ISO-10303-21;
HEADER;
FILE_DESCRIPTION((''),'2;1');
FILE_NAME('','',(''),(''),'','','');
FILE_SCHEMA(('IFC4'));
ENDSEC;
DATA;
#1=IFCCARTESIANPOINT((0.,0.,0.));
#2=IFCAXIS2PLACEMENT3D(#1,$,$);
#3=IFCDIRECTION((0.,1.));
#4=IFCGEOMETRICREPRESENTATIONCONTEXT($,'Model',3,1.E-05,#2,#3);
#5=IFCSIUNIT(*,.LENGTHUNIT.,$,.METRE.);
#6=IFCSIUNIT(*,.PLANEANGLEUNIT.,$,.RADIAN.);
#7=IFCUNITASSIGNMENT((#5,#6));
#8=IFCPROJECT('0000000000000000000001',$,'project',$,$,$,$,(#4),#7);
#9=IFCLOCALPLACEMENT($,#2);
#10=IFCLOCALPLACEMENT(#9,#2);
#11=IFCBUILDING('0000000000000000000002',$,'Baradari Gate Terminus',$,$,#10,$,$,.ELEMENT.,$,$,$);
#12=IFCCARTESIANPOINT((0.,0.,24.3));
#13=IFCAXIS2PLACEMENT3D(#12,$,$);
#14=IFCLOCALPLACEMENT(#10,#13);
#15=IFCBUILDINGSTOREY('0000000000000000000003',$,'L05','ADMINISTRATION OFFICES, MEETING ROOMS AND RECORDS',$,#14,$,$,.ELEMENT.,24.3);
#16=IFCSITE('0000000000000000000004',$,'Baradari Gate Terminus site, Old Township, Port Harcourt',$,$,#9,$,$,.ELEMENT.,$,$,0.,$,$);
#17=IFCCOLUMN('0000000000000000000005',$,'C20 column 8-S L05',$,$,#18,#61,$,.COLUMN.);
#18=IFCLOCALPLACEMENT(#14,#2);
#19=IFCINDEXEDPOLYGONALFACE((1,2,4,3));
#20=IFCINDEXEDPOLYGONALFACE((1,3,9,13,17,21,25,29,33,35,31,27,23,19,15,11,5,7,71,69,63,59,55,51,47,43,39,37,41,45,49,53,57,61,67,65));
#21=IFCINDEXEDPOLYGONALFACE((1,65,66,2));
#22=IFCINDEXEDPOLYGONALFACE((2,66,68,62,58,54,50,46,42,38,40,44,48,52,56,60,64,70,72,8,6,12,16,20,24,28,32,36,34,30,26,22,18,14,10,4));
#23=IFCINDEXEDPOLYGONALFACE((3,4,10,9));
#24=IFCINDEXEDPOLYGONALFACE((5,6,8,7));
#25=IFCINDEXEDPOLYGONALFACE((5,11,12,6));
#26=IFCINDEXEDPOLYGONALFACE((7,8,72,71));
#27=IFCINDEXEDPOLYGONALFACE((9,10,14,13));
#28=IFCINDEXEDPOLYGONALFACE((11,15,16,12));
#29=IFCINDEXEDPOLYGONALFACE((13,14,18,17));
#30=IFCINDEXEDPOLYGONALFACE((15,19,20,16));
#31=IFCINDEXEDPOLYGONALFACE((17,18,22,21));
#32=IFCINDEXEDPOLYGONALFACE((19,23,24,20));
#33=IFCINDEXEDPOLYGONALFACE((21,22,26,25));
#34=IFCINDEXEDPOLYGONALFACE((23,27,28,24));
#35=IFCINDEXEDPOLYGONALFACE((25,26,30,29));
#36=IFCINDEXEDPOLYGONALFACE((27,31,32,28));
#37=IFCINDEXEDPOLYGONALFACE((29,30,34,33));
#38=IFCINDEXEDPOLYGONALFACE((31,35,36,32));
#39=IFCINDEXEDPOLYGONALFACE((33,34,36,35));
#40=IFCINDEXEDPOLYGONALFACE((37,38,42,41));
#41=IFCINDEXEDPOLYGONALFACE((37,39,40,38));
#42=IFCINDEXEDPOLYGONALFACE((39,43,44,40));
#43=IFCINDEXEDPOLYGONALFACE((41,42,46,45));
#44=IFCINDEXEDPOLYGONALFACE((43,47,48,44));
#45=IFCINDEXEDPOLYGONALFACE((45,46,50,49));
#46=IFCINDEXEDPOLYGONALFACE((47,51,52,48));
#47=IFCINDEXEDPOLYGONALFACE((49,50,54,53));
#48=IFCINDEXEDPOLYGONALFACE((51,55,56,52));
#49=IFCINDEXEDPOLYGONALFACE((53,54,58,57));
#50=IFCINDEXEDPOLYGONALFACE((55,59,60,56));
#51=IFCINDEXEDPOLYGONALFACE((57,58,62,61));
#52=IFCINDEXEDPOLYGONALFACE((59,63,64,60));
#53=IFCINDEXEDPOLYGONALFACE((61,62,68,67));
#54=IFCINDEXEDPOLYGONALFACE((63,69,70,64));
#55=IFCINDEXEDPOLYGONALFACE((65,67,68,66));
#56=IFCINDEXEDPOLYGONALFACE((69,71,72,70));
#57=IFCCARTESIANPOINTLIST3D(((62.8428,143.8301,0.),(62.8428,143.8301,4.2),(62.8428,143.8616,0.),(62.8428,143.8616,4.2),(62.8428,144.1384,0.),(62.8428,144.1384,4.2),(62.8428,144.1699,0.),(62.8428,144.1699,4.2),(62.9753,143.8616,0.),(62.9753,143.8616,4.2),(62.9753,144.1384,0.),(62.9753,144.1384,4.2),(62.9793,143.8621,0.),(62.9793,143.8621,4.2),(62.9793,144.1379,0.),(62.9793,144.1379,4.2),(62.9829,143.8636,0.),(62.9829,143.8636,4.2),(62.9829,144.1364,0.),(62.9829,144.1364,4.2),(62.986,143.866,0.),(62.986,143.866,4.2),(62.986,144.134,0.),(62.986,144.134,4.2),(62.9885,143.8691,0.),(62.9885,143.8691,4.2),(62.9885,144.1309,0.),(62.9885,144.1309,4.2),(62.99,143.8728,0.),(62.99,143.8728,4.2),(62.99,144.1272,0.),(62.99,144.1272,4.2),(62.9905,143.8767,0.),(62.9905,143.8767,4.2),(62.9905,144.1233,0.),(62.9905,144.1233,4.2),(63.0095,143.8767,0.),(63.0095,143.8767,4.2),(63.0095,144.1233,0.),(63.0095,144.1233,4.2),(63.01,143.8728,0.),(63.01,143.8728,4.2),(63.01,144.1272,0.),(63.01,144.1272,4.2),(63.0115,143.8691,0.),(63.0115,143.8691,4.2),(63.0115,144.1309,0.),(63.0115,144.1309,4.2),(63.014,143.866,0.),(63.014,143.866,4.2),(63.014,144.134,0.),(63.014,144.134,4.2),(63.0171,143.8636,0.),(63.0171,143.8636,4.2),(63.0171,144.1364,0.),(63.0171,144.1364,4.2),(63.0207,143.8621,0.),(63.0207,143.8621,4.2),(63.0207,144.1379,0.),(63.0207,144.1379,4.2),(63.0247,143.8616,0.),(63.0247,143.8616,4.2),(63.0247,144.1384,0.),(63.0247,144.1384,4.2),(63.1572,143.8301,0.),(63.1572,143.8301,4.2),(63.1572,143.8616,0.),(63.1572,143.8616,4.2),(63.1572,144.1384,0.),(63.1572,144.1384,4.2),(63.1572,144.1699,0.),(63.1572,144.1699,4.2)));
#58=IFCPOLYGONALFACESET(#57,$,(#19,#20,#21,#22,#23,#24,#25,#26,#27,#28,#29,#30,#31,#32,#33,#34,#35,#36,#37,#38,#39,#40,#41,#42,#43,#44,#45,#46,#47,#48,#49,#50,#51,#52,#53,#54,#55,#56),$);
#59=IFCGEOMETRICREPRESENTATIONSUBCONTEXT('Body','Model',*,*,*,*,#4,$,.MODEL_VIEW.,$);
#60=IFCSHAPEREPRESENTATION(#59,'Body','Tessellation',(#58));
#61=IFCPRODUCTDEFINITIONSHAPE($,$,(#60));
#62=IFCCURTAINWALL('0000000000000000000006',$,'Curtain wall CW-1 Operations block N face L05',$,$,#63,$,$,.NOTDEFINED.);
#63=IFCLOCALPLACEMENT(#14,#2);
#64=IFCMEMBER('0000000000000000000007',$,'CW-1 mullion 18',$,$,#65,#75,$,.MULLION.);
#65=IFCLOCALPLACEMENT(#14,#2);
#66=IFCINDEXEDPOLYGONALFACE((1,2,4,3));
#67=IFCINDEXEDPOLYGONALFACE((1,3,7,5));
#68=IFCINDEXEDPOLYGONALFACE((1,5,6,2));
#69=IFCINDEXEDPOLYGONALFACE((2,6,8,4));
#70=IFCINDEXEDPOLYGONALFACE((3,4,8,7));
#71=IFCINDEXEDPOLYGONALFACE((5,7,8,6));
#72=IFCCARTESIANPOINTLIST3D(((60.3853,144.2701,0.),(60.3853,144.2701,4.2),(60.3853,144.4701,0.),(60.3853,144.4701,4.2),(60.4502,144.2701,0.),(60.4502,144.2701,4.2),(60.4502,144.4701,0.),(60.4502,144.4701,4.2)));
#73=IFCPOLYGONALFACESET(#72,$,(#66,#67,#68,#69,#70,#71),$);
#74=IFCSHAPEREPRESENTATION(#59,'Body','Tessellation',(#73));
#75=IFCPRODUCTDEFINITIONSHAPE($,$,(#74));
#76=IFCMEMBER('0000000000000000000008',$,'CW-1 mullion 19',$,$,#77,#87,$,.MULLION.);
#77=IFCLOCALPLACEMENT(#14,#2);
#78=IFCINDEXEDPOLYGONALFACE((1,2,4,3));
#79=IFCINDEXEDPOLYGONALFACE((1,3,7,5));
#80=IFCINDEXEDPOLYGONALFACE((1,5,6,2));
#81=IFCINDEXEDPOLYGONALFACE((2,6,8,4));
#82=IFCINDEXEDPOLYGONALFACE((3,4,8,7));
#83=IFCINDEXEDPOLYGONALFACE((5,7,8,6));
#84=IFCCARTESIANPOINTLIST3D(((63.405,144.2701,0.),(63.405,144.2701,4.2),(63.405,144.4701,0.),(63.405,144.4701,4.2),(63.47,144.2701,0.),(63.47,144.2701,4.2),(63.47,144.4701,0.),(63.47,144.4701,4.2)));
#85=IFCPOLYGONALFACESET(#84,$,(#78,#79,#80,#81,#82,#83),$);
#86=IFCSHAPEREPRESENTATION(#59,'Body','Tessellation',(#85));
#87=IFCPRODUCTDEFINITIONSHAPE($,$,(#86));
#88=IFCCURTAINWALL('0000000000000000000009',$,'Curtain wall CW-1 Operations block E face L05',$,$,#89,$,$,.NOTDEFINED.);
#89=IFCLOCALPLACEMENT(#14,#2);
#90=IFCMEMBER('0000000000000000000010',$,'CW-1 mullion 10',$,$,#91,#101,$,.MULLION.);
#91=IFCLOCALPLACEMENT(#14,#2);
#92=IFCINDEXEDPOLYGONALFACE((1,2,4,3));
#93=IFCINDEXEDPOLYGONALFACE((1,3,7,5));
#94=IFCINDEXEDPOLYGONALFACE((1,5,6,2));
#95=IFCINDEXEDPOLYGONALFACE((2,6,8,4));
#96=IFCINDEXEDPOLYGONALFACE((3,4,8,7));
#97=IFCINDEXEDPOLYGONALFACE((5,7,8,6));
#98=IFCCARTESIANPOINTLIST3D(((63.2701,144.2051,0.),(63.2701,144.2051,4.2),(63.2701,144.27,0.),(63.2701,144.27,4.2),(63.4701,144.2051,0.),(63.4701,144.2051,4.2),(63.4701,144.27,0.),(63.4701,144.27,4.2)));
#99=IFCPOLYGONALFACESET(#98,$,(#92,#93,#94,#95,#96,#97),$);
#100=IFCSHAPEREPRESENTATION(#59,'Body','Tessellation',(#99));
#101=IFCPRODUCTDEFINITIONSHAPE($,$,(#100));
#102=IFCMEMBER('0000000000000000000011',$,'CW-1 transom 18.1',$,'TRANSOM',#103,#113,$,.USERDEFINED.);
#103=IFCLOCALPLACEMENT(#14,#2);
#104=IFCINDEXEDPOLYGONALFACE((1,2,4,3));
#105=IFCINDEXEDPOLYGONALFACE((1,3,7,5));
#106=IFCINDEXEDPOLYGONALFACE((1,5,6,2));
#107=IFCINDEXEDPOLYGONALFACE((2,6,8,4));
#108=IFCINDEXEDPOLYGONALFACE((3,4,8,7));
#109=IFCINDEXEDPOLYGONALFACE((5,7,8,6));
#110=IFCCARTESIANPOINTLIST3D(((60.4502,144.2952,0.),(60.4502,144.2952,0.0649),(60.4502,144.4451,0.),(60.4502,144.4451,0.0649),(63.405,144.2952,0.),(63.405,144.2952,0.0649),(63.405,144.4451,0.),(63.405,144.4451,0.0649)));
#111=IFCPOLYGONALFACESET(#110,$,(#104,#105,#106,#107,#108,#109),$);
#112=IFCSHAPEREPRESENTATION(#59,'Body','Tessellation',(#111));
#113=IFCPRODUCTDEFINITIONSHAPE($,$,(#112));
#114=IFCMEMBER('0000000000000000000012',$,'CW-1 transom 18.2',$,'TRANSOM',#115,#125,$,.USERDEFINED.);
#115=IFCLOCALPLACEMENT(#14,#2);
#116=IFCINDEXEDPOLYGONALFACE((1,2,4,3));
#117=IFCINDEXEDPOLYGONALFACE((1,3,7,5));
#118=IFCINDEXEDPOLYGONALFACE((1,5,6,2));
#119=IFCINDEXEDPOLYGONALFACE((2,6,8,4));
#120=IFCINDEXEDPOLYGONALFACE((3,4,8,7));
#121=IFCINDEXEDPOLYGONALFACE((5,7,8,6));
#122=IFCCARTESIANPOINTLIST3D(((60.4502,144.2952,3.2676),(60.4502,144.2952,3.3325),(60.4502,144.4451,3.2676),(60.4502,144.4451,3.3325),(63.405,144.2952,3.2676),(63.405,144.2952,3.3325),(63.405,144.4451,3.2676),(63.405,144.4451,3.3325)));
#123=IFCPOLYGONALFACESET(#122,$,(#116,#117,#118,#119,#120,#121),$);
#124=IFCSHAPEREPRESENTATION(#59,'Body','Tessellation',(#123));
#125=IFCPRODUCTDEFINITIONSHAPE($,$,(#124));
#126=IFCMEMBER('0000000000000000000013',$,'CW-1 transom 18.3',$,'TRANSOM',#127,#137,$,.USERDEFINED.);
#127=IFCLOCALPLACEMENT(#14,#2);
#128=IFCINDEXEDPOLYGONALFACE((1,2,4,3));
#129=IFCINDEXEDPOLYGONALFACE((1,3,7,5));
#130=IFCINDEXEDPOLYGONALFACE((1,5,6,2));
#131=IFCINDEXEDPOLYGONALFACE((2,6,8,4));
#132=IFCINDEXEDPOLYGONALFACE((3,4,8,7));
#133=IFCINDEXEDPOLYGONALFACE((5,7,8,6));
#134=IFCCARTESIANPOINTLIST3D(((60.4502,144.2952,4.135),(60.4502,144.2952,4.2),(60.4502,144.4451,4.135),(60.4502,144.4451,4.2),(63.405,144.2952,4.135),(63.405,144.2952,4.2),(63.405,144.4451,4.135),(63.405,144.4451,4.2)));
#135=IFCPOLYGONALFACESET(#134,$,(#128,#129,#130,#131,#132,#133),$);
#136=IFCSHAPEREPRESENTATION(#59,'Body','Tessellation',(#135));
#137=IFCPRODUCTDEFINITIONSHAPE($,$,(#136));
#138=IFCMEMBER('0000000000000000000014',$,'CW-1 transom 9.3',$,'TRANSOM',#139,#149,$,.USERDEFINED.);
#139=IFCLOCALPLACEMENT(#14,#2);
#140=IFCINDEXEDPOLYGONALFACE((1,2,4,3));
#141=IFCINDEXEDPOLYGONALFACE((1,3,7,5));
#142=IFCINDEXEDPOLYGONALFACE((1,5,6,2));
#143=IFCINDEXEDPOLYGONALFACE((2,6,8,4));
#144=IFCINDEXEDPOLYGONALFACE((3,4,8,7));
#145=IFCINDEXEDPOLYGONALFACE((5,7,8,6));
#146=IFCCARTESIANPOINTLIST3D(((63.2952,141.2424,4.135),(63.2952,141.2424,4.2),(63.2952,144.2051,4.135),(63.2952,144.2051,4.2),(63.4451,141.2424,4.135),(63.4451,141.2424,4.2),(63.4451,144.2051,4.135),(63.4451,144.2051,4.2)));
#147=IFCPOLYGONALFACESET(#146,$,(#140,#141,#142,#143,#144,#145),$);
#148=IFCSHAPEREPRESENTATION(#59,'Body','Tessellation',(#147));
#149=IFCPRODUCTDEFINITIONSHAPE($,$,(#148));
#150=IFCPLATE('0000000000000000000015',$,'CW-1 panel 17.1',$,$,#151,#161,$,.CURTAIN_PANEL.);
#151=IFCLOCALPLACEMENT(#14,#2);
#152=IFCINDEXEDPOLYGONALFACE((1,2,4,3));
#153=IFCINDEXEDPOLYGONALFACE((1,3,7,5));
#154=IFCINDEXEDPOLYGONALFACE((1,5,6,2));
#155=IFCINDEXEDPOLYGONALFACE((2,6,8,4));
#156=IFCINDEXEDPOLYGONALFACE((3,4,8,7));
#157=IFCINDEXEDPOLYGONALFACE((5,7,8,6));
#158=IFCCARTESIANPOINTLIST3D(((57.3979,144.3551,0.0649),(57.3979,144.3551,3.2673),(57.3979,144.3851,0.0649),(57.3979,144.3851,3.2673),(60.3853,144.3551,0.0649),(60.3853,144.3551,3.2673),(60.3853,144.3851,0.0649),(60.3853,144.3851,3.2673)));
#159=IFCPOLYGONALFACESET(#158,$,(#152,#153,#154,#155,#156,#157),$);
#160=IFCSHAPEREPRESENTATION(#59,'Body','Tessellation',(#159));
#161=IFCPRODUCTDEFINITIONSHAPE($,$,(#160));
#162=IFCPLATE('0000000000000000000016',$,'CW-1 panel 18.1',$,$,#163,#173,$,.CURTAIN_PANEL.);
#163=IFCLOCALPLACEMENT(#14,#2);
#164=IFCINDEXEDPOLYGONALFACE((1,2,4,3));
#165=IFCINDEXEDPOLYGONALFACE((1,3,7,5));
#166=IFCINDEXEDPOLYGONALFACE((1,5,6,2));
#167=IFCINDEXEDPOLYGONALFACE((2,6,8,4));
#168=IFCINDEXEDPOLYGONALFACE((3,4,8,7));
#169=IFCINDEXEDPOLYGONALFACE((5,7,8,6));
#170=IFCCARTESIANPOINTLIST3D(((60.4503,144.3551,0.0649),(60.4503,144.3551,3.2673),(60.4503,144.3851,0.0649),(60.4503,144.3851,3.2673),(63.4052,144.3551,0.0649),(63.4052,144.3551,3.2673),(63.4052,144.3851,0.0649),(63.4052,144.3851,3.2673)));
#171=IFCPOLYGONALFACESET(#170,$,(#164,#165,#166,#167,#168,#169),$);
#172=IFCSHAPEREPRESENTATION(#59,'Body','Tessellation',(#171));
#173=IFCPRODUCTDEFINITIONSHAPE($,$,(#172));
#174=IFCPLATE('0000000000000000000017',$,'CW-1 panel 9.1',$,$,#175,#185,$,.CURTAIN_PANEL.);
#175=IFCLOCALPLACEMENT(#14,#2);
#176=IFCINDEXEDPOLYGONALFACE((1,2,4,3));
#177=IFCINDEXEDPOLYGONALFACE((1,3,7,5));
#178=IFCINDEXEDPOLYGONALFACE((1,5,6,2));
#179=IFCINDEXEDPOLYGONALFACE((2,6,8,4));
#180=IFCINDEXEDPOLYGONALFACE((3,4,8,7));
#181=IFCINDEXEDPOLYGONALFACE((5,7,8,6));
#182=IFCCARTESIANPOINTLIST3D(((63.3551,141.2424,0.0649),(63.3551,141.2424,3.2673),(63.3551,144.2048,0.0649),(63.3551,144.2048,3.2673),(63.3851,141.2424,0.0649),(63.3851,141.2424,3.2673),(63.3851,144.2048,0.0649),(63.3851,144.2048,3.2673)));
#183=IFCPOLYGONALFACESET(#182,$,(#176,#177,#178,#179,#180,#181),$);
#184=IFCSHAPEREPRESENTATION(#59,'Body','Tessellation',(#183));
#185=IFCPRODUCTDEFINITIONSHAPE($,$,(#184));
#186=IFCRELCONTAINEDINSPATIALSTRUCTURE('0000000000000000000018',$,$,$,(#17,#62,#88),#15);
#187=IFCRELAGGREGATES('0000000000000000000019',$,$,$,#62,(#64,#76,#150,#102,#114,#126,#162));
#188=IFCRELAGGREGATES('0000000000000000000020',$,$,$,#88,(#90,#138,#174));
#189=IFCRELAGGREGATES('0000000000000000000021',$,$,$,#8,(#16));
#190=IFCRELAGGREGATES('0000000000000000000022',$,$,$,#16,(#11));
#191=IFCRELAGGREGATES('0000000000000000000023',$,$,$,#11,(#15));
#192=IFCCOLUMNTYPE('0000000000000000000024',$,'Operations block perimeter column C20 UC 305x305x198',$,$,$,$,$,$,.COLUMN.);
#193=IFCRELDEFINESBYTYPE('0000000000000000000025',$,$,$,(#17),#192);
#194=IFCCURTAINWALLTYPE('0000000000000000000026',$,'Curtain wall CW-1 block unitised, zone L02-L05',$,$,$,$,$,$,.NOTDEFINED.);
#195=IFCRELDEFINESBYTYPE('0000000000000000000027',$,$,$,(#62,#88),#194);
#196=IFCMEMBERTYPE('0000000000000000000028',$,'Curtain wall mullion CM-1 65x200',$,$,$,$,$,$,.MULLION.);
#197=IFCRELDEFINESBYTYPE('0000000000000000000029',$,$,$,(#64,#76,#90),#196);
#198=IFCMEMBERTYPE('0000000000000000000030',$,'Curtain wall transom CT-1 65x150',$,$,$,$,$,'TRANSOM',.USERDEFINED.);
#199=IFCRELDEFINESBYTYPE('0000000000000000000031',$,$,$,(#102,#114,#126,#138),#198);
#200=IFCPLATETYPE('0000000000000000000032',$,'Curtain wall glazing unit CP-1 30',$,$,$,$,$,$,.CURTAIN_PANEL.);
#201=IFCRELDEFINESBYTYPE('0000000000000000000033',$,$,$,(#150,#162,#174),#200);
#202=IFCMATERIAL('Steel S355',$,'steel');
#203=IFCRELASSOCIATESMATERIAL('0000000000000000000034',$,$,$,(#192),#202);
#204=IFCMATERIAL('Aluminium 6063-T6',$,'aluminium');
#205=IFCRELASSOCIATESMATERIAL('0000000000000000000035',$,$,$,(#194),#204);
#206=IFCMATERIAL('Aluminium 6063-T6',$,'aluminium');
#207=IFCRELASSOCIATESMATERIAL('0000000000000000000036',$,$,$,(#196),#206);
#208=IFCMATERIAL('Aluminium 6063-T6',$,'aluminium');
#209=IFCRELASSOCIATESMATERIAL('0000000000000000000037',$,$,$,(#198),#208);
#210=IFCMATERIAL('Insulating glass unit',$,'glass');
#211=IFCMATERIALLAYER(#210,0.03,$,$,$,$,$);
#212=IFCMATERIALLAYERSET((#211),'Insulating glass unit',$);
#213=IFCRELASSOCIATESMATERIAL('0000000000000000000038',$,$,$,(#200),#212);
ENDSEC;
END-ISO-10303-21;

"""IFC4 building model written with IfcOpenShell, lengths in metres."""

from ifc_helpers import new_model, si_unit, direction, frame, origin, origin_2d, place, context, subcontext, project, spatial, rectangle, i_section, extrude, material, layer, layer_set, material_profile, profile_set, type_object, element, aggregate, save


model = new_model("IFC4")

# Units and contexts
model_context = context("Model", 3, precision=1e-05, world=origin(), true_north=direction((0.0, 1.0)))
body_context = subcontext(model_context, "Body", "Model", "MODEL_VIEW")
ifc_project = project(units=[si_unit("LENGTHUNIT", "METRE"), si_unit("PLANEANGLEUNIT", "RADIAN")], contexts=[model_context])

# Site, building, storey
site_placement = place(None, origin())
site = spatial("IfcSite", under=ifc_project, at=site_placement, Name="Baradari Gate Terminus site, Old Township, Port Harcourt", CompositionType="ELEMENT", RefElevation=0.0)
building_placement = place(site_placement, origin())
building = spatial("IfcBuilding", under=site, at=building_placement, Name="Baradari Gate Terminus", CompositionType="ELEMENT")
storey_placement = place(building_placement, frame((0.0, 0.0, 24.3)))
storey = spatial("IfcBuildingStorey", under=building, at=storey_placement, Name="L05", Description="ADMINISTRATION OFFICES, MEETING ROOMS AND RECORDS", CompositionType="ELEMENT", Elevation=24.3)

# Column
ifc_material_1 = material(Name="Steel S355", Category="steel")
ifc_material_profile_1 = material_profile(ifc_material_1, i_section(OverallWidth=0.3145, OverallDepth=0.3398, WebThickness=0.019, FlangeThickness=0.0315, FilletRadius=0.0151, at=origin_2d()), Name="UC 305x305x198")
ifc_profile_set_1 = profile_set([ifc_material_profile_1], Name="Steel S355")
column_type = type_object("IfcColumnType", Name="Operations block perimeter column C20 UC 305x305x198", PredefinedType="COLUMN", material=ifc_profile_set_1)
column_placement = place(storey_placement, frame((63.0, 144.0, 0.0), z_axis=(0.0, 0.0, 1.0), x_axis=(1.0, 0.0, 0.0)))
element("IfcColumn", 1, at=column_placement, inside=storey, type_object=column_type, Name="C20 column 8-S L05", PredefinedType="COLUMN", context=body_context, shape_type="SweptSolid", body=[
    extrude(i_section(OverallWidth=0.3145, OverallDepth=0.3398, WebThickness=0.019, FlangeThickness=0.0315, FilletRadius=0.0151, at=origin_2d()), origin(), (0.0, 0.0, 1.0), 4.2),
])

# Curtain wall, members
ifc_material_2 = material(Name="Aluminium 6063-T6", Category="aluminium")
curtain_wall_type = type_object("IfcCurtainWallType", Name="Curtain wall CW-1 block unitised, zone L02-L05", PredefinedType="NOTDEFINED", material=ifc_material_2)
curtain_wall_1_placement = place(storey_placement, origin())
curtain_wall_1 = element("IfcCurtainWall", 2, at=curtain_wall_1_placement, inside=storey, type_object=curtain_wall_type, Name="Curtain wall CW-1 Operations block N face L05", PredefinedType="NOTDEFINED")
ifc_material_3 = material(Name="Aluminium 6063-T6", Category="aluminium")
ifc_material_profile_2 = material_profile(ifc_material_3, rectangle(XDim=0.2, YDim=0.0649, at=origin_2d()), Name="CM-1 65X200")
ifc_profile_set_2 = profile_set([ifc_material_profile_2], Name="Aluminium 6063-T6")
member_type_1 = type_object("IfcMemberType", Name="Curtain wall mullion CM-1 65x200", PredefinedType="MULLION", material=ifc_profile_set_2)
member_1_placement = place(storey_placement, frame((60.4177, 144.3701, 0.0), z_axis=(0.0, 0.0, 1.0), x_axis=(0.0, 1.0, 0.0)))
member_1 = element("IfcMember", 3, at=member_1_placement, type_object=member_type_1, Name="CW-1 mullion 18", PredefinedType="MULLION", context=body_context, shape_type="SweptSolid", body=[
    extrude(rectangle(XDim=0.2, YDim=0.0649, at=origin_2d()), origin(), (0.0, 0.0, 1.0), 4.2),
])
member_2_placement = place(storey_placement, frame((63.4375, 144.3701, 0.0), z_axis=(0.0, 0.0, 1.0), x_axis=(0.0, 1.0, 0.0)))
member_2 = element("IfcMember", 4, at=member_2_placement, type_object=member_type_1, Name="CW-1 mullion 19", PredefinedType="MULLION", context=body_context, shape_type="SweptSolid", body=[
    extrude(rectangle(XDim=0.2, YDim=0.0649, at=origin_2d()), origin(), (0.0, 0.0, 1.0), 4.2),
])

# Curtain wall, member
curtain_wall_2_placement = place(storey_placement, origin())
curtain_wall_2 = element("IfcCurtainWall", 5, at=curtain_wall_2_placement, inside=storey, type_object=curtain_wall_type, Name="Curtain wall CW-1 Operations block E face L05", PredefinedType="NOTDEFINED")
member_3_placement = place(storey_placement, frame((63.3701, 144.2375, 0.0), z_axis=(0.0, 0.0, 1.0), x_axis=(-1.0, 0.0, 0.0)))
member_3 = element("IfcMember", 6, at=member_3_placement, type_object=member_type_1, Name="CW-1 mullion 10", PredefinedType="MULLION", context=body_context, shape_type="SweptSolid", body=[
    extrude(rectangle(XDim=0.2, YDim=0.0649, at=origin_2d()), origin(), (0.0, 0.0, 1.0), 4.2),
])

# Members
ifc_material_4 = material(Name="Aluminium 6063-T6", Category="aluminium")
ifc_material_profile_3 = material_profile(ifc_material_4, rectangle(XDim=0.1499, YDim=0.0649, at=origin_2d()), Name="CT-1 65X150")
ifc_profile_set_3 = profile_set([ifc_material_profile_3], Name="Aluminium 6063-T6")
member_type_2 = type_object("IfcMemberType", Name="Curtain wall transom CT-1 65x150", ElementType="TRANSOM", PredefinedType="USERDEFINED", material=ifc_profile_set_3)
member_4_placement = place(storey_placement, frame((60.4502, 144.3701, 0.0325), z_axis=(1.0, 0.0, 0.0), x_axis=(0.0, 1.0, 0.0)))
member_4 = element("IfcMember", 7, at=member_4_placement, type_object=member_type_2, Name="CW-1 transom 18.1", ObjectType="TRANSOM", PredefinedType="USERDEFINED", context=body_context, shape_type="SweptSolid", body=[
    extrude(rectangle(XDim=0.1499, YDim=0.0649, at=origin_2d()), origin(), (0.0, 0.0, 1.0), 2.9548),
])
member_5_placement = place(storey_placement, frame((60.4502, 144.3701, 3.3), z_axis=(1.0, 0.0, 0.0), x_axis=(0.0, 1.0, 0.0)))
member_5 = element("IfcMember", 8, at=member_5_placement, type_object=member_type_2, Name="CW-1 transom 18.2", ObjectType="TRANSOM", PredefinedType="USERDEFINED", context=body_context, shape_type="SweptSolid", body=[
    extrude(rectangle(XDim=0.1499, YDim=0.0649, at=origin_2d()), origin(), (0.0, 0.0, 1.0), 2.9548),
])
member_6_placement = place(storey_placement, frame((60.4502, 144.3701, 4.1675), z_axis=(1.0, 0.0, 0.0), x_axis=(0.0, 1.0, 0.0)))
member_6 = element("IfcMember", 9, at=member_6_placement, type_object=member_type_2, Name="CW-1 transom 18.3", ObjectType="TRANSOM", PredefinedType="USERDEFINED", context=body_context, shape_type="SweptSolid", body=[
    extrude(rectangle(XDim=0.1499, YDim=0.0649, at=origin_2d()), origin(), (0.0, 0.0, 1.0), 2.9548),
])
member_7_placement = place(storey_placement, frame((63.3701, 141.2424, 4.1675), z_axis=(0.0, 1.0, 0.0), x_axis=(-1.0, 0.0, 0.0)))
member_7 = element("IfcMember", 10, at=member_7_placement, type_object=member_type_2, Name="CW-1 transom 9.3", ObjectType="TRANSOM", PredefinedType="USERDEFINED", context=body_context, shape_type="SweptSolid", body=[
    extrude(rectangle(XDim=0.1499, YDim=0.0649, at=origin_2d()), origin(), (0.0, 0.0, 1.0), 2.9626),
])

# Plates
ifc_material_5 = material(Name="Insulating glass unit", Category="glass")
ifc_layer_1 = layer(ifc_material_5, 0.03)
ifc_layer_set_1 = layer_set([ifc_layer_1], Name="Insulating glass unit")
plate_type_1 = type_object("IfcPlateType", Name="Curtain wall glazing unit CP-1 30", PredefinedType="CURTAIN_PANEL", material=ifc_layer_set_1)
plate_1_placement = place(storey_placement, frame((58.8916, 144.3701, 0.0649), z_axis=(0.0, 0.0, 1.0), x_axis=(1.0, 0.0, 0.0)))
plate_1 = element("IfcPlate", 11, at=plate_1_placement, type_object=plate_type_1, Name="CW-1 panel 17.1", PredefinedType="CURTAIN_PANEL", context=body_context, shape_type="SweptSolid", body=[
    extrude(rectangle(XDim=2.9873, YDim=0.03, at=origin_2d()), origin(), (0.0, 0.0, 1.0), 3.2024),
])
plate_2_placement = place(storey_placement, frame((61.9277, 144.3701, 0.0649), z_axis=(0.0, 0.0, 1.0), x_axis=(1.0, 0.0, 0.0)))
plate_2 = element("IfcPlate", 12, at=plate_2_placement, type_object=plate_type_1, Name="CW-1 panel 18.1", PredefinedType="CURTAIN_PANEL", context=body_context, shape_type="SweptSolid", body=[
    extrude(rectangle(XDim=2.9548, YDim=0.03, at=origin_2d()), origin(), (0.0, 0.0, 1.0), 3.2024),
])
plate_3_placement = place(storey_placement, frame((63.3701, 142.7236, 0.0649), z_axis=(0.0, 0.0, 1.0), x_axis=(0.0, 1.0, 0.0)))
plate_3 = element("IfcPlate", 13, at=plate_3_placement, type_object=plate_type_1, Name="CW-1 panel 9.1", PredefinedType="CURTAIN_PANEL", context=body_context, shape_type="SweptSolid", body=[
    extrude(rectangle(XDim=2.9624, YDim=0.03, at=origin_2d()), origin(), (0.0, 0.0, 1.0), 3.2024),
])
aggregate(curtain_wall_1, [member_1, member_2, plate_1, member_4, member_5, member_6, plate_2])
aggregate(curtain_wall_2, [member_3, member_7, plate_3])

save(model, "model.ifc")
